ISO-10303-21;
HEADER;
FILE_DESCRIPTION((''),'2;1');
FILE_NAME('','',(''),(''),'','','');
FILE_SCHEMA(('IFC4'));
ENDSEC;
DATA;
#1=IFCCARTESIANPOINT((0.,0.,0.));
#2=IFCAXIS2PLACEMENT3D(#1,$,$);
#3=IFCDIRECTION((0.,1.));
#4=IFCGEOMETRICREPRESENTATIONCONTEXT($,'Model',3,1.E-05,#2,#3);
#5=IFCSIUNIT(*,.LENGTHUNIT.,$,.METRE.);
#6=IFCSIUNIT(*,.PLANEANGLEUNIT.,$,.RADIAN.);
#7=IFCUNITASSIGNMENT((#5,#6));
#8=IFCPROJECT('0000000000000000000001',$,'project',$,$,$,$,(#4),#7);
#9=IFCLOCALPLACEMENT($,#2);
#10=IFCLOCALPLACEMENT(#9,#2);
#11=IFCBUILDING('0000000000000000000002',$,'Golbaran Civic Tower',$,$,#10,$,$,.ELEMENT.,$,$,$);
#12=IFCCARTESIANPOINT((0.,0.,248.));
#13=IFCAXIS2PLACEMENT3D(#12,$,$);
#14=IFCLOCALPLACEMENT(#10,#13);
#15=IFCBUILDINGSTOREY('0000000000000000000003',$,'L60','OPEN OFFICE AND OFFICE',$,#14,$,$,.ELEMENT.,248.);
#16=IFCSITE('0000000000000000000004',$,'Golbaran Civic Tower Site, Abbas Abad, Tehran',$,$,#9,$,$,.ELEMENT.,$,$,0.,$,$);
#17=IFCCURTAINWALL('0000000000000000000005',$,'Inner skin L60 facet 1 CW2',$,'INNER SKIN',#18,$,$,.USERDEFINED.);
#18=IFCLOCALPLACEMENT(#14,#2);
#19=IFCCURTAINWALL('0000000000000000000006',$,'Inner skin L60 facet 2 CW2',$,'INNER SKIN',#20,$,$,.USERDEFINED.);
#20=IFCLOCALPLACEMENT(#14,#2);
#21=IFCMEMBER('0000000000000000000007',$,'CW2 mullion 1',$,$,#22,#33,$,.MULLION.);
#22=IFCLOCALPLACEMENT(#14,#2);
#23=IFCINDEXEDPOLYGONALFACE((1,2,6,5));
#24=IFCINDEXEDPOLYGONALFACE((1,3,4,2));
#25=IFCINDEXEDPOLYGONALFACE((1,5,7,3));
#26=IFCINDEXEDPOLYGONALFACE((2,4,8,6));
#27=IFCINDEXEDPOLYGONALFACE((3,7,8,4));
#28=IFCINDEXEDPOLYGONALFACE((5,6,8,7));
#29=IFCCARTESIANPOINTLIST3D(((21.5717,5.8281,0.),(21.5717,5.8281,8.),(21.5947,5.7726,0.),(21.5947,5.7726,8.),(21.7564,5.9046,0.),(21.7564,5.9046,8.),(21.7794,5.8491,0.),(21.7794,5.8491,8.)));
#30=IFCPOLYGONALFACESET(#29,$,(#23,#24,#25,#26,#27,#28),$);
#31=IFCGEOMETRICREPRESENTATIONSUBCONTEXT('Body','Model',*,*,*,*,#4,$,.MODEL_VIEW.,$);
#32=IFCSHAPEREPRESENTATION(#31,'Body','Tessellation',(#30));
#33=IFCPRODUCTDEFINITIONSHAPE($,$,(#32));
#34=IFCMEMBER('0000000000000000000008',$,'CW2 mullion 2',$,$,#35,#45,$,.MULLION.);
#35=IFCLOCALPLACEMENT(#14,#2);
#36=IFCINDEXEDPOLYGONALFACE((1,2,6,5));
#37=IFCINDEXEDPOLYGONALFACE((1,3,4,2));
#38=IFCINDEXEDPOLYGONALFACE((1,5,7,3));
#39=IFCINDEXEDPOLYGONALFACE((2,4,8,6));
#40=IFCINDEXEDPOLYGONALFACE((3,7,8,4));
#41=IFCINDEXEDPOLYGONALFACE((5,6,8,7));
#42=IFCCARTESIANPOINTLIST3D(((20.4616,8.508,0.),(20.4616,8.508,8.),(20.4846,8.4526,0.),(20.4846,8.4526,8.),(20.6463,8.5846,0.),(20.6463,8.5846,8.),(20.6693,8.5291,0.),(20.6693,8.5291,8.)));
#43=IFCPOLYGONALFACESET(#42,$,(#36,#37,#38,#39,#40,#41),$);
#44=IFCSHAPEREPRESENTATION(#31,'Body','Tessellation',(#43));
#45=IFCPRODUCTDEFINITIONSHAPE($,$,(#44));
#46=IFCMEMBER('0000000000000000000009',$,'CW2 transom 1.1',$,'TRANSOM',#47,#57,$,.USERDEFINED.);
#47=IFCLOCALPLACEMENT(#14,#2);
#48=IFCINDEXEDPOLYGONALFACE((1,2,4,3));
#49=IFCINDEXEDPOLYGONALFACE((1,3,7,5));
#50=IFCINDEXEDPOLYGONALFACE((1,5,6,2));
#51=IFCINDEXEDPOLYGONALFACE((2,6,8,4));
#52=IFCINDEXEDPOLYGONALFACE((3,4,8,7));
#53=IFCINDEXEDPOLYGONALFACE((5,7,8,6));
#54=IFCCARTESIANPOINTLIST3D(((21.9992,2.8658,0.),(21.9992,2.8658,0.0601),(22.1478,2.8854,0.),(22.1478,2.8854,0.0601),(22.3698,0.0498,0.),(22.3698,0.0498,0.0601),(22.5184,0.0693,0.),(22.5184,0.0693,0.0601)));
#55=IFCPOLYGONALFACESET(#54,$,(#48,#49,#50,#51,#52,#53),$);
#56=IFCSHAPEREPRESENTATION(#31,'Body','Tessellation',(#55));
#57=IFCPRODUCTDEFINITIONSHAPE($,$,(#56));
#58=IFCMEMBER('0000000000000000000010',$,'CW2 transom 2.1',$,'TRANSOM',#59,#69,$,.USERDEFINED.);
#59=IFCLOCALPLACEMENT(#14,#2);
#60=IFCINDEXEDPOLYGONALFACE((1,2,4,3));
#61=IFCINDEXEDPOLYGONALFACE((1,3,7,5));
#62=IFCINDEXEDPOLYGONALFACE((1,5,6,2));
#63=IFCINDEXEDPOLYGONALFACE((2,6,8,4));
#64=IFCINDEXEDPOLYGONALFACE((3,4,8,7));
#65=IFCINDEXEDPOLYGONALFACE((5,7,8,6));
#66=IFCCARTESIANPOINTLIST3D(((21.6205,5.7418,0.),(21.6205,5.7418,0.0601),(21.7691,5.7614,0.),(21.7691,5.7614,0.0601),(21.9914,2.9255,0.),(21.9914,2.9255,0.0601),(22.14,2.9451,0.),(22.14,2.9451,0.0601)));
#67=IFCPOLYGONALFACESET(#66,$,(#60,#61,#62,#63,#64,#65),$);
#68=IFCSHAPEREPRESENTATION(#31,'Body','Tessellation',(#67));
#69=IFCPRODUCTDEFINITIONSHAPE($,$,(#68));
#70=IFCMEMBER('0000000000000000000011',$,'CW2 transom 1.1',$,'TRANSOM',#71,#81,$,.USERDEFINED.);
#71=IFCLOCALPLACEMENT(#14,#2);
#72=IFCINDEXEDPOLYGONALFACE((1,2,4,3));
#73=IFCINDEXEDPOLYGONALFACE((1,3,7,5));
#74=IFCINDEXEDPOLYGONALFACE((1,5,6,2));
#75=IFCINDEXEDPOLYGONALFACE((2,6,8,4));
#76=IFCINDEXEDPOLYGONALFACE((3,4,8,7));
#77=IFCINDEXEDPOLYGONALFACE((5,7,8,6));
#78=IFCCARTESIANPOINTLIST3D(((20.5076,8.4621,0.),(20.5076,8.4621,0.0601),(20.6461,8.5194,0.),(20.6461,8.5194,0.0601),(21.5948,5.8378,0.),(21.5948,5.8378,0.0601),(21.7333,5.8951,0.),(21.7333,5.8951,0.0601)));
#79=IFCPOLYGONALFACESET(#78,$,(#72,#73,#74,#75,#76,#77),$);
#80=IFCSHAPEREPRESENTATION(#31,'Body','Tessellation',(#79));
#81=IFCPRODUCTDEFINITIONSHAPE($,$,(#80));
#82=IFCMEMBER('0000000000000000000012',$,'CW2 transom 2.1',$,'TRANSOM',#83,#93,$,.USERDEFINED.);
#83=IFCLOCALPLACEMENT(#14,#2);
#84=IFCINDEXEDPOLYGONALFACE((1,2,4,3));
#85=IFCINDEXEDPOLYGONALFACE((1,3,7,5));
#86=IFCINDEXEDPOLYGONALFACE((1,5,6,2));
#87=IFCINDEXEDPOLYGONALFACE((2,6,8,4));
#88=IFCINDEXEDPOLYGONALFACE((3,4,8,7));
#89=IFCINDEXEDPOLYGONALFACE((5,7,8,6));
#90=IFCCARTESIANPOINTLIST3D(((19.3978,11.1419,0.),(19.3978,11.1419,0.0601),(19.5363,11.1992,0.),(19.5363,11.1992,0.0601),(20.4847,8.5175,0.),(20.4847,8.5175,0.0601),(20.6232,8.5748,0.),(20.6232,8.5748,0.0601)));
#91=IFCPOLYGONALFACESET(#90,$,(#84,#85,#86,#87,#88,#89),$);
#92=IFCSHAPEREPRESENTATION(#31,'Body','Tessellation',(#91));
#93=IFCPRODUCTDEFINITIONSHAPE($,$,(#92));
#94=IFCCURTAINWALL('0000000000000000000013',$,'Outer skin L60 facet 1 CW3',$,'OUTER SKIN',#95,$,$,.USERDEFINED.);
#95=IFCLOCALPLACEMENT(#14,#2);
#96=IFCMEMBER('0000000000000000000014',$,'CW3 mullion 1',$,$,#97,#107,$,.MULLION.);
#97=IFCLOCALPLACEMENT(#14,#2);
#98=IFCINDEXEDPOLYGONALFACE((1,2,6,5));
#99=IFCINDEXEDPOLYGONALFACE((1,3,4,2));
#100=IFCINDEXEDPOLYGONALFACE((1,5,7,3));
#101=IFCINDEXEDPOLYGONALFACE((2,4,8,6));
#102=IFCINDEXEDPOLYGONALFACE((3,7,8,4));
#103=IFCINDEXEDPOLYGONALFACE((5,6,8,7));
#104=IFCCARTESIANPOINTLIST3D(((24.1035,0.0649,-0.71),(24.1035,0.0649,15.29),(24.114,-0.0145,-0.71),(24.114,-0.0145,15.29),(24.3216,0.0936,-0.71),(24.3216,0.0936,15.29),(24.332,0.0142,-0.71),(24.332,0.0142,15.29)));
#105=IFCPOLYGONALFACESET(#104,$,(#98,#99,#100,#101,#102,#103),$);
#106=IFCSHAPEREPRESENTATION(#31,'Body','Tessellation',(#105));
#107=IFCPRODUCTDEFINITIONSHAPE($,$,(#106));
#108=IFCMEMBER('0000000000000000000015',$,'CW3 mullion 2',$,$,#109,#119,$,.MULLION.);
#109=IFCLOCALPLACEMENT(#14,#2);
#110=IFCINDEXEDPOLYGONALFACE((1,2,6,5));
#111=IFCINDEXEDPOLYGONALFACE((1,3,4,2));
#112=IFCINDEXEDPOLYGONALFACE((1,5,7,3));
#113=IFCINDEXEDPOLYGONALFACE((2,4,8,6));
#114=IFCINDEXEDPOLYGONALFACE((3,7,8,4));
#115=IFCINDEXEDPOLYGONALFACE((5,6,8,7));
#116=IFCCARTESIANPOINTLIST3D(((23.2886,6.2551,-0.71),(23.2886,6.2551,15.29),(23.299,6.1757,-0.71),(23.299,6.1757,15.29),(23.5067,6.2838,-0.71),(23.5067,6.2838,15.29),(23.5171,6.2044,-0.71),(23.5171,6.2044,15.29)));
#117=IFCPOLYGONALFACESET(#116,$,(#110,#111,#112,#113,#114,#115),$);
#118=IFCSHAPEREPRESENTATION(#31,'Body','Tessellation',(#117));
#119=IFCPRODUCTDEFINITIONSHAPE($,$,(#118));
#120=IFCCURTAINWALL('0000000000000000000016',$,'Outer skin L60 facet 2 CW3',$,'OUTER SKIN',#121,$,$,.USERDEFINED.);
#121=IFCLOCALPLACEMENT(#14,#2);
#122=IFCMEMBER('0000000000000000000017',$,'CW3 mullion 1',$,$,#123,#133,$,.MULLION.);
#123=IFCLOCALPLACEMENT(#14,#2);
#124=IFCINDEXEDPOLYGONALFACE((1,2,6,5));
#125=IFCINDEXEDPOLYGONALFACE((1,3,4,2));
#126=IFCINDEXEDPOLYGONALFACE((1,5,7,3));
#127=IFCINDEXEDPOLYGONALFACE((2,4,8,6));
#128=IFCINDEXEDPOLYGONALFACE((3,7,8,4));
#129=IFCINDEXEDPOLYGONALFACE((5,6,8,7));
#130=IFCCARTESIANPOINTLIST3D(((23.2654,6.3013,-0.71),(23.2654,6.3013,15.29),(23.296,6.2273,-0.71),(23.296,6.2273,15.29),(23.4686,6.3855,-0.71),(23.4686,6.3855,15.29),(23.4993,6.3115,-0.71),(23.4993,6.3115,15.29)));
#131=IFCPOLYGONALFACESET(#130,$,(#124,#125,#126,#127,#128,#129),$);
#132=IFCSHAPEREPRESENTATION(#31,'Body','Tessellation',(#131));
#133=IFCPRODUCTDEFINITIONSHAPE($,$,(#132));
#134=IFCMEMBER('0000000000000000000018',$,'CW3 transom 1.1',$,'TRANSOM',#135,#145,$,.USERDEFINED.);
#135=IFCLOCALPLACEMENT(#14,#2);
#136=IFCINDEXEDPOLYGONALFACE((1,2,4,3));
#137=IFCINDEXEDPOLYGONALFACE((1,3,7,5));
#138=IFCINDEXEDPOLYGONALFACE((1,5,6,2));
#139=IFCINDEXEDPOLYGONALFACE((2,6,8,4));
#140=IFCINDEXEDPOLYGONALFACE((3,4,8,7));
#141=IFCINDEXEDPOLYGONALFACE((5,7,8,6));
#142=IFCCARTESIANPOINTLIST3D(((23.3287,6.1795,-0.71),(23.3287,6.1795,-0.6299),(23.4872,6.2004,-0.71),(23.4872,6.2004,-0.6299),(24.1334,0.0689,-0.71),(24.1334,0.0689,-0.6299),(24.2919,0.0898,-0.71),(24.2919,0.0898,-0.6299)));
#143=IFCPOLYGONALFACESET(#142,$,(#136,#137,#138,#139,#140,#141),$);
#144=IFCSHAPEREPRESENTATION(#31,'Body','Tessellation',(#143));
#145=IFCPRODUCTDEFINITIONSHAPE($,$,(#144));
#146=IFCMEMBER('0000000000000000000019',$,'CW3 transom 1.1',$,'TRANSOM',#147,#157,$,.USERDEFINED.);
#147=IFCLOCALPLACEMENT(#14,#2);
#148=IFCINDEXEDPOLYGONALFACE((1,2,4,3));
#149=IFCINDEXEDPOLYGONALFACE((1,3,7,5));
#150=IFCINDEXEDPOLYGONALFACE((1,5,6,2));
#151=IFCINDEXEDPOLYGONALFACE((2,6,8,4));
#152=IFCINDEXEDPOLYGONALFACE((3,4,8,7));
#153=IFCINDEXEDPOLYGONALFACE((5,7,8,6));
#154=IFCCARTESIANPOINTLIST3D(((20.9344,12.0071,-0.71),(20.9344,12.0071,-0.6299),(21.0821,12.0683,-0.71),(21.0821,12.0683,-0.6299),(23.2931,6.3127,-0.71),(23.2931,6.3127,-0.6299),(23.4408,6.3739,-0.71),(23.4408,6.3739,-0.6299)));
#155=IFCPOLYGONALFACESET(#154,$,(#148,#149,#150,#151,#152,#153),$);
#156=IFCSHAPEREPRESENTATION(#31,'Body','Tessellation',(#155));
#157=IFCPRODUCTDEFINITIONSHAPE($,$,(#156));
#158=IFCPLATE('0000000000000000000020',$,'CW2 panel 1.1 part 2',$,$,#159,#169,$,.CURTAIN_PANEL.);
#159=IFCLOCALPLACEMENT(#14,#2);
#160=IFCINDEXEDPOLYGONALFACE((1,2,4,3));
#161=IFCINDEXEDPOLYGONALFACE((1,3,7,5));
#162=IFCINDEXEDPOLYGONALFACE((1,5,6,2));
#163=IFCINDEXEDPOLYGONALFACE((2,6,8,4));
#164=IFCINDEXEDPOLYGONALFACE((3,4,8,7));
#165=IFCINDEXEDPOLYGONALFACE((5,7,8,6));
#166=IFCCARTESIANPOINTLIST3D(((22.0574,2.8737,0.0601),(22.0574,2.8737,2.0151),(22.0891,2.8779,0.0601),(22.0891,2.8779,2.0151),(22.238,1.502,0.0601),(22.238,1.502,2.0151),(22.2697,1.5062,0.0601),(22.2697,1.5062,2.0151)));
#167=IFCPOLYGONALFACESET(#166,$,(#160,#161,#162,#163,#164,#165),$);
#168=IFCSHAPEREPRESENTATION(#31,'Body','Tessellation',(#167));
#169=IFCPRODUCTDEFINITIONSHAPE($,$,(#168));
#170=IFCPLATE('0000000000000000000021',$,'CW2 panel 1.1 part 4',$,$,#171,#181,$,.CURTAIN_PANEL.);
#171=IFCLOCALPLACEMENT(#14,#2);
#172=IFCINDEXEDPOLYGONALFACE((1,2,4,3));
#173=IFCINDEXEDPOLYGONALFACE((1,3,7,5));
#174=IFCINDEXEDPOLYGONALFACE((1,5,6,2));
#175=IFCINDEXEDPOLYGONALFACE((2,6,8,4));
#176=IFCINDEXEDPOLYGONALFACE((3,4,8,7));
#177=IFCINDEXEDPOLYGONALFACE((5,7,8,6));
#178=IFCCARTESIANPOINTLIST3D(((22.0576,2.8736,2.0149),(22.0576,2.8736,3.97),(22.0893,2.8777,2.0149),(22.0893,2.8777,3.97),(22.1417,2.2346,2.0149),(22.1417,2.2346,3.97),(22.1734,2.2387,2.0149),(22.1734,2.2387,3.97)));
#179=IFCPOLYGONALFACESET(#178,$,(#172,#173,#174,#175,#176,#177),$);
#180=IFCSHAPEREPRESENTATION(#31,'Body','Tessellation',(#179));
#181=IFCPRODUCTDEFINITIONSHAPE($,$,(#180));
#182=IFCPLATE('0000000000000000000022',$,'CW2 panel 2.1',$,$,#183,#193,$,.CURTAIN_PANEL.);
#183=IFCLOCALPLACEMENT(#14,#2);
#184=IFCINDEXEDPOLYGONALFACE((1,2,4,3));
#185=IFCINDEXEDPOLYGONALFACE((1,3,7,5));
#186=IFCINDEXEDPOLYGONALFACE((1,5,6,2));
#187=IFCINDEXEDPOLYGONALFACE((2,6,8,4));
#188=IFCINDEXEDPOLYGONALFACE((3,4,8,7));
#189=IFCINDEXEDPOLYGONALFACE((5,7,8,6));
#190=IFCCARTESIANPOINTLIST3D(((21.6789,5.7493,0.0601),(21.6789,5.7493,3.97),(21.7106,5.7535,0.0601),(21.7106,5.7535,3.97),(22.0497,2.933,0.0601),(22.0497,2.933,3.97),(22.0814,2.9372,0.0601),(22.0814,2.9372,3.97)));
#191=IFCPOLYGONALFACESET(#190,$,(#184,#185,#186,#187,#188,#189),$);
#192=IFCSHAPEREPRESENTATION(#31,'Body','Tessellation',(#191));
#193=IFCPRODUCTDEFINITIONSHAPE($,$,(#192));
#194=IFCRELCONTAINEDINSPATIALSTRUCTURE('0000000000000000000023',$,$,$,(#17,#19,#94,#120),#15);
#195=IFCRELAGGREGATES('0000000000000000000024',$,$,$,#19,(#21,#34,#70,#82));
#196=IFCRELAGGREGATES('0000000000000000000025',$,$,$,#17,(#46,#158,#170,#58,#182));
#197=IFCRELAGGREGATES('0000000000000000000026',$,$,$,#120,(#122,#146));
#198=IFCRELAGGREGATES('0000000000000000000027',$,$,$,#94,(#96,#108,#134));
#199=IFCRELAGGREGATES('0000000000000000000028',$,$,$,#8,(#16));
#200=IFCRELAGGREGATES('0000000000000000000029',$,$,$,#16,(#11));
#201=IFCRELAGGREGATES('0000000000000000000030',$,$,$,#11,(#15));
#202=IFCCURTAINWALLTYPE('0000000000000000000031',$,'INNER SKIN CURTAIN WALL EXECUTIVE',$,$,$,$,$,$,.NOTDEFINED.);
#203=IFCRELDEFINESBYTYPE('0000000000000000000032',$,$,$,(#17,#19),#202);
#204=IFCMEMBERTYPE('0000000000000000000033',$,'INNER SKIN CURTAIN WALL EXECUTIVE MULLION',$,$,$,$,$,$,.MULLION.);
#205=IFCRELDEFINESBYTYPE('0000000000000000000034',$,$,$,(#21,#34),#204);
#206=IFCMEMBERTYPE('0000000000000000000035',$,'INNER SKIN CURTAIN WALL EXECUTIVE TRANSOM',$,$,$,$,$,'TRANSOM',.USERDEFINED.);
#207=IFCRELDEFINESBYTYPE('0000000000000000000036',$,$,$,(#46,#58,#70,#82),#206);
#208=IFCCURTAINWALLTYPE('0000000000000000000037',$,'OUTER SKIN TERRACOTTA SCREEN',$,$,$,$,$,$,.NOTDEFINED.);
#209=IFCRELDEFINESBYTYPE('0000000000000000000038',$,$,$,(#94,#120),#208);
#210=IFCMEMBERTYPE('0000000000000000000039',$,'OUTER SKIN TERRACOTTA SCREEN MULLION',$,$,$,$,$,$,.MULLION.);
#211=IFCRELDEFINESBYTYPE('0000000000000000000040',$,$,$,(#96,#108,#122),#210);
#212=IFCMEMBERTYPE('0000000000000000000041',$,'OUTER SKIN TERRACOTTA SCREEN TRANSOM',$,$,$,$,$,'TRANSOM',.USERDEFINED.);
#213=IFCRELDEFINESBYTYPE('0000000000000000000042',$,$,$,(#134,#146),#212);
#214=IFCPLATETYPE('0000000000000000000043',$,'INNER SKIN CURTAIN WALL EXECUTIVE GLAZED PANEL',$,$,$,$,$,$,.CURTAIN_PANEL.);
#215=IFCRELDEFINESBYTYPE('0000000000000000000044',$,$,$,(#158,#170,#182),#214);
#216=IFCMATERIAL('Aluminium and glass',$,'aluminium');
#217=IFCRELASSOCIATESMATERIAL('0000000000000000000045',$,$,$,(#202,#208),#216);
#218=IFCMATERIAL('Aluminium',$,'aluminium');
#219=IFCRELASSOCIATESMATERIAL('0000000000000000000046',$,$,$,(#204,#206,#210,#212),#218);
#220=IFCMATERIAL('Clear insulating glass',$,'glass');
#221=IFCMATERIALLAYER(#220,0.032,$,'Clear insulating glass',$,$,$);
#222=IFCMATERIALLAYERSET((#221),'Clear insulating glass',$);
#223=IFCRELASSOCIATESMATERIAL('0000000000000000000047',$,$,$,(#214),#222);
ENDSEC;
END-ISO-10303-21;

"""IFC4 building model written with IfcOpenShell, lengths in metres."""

from ifc_helpers import new_model, si_unit, direction, frame, origin, origin_2d, place, context, subcontext, project, spatial, rectangle, extrude, material, layer, layer_set, material_profile, profile_set, type_object, element, aggregate, save


model = new_model("IFC4")

# Units and contexts
model_context = context("Model", 3, precision=1e-05, world=origin(), true_north=direction((0.0, 1.0)))
body_context = subcontext(model_context, "Body", "Model", "MODEL_VIEW")
ifc_project = project(units=[si_unit("LENGTHUNIT", "METRE"), si_unit("PLANEANGLEUNIT", "RADIAN")], contexts=[model_context])

# Site, building, storey
site_placement = place(None, origin())
site = spatial("IfcSite", under=ifc_project, at=site_placement, Name="Golbaran Civic Tower Site, Abbas Abad, Tehran", CompositionType="ELEMENT", RefElevation=0.0)
building_placement = place(site_placement, origin())
building = spatial("IfcBuilding", under=site, at=building_placement, Name="Golbaran Civic Tower", CompositionType="ELEMENT")
storey_placement = place(building_placement, frame((0.0, 0.0, 248.0)))
storey = spatial("IfcBuildingStorey", under=building, at=storey_placement, Name="L60", Description="OPEN OFFICE AND OFFICE", CompositionType="ELEMENT", Elevation=248.0)

# Curtain walls, members
ifc_material_1 = material(Name="Aluminium and glass", Category="aluminium")
curtain_wall_type_1 = type_object("IfcCurtainWallType", Name="INNER SKIN CURTAIN WALL EXECUTIVE", PredefinedType="NOTDEFINED", material=ifc_material_1)
curtain_wall_1_placement = place(storey_placement, origin())
curtain_wall_1 = element("IfcCurtainWall", 1, at=curtain_wall_1_placement, inside=storey, type_object=curtain_wall_type_1, Name="Inner skin L60 facet 1 CW2", ObjectType="INNER SKIN", PredefinedType="USERDEFINED")
ifc_material_2 = material(Name="Aluminium", Category="aluminium")
ifc_material_profile_1 = material_profile(ifc_material_2, rectangle(XDim=0.2, YDim=0.0601, at=origin_2d()), Name="INNER SKIN CURTAIN WALL EXECUTIVE MULLION")
ifc_profile_set_1 = profile_set([ifc_material_profile_1], Name="Aluminium")
member_type_1 = type_object("IfcMemberType", Name="INNER SKIN CURTAIN WALL EXECUTIVE MULLION", PredefinedType="MULLION", material=ifc_profile_set_1)
curtain_wall_2_placement = place(storey_placement, origin())
curtain_wall_2 = element("IfcCurtainWall", 2, at=curtain_wall_2_placement, inside=storey, type_object=curtain_wall_type_1, Name="Inner skin L60 facet 2 CW2", ObjectType="INNER SKIN", PredefinedType="USERDEFINED")
member_1_placement = place(storey_placement, frame((21.6755, 5.8386, 0.0), z_axis=(0.0, 0.0, 1.0), x_axis=(-0.92388, -0.382683, 0.0)))
member_1 = element("IfcMember", 3, at=member_1_placement, type_object=member_type_1, Name="CW2 mullion 1", PredefinedType="MULLION", context=body_context, shape_type="SweptSolid", body=[
    extrude(rectangle(XDim=0.2, YDim=0.0601, at=origin_2d()), origin(), (0.0, 0.0, 1.0), 8.0),
])
member_2_placement = place(storey_placement, frame((20.5654, 8.5186, 0.0), z_axis=(0.0, 0.0, 1.0), x_axis=(-0.92388, -0.382683, 0.0)))
member_2 = element("IfcMember", 4, at=member_2_placement, type_object=member_type_1, Name="CW2 mullion 2", PredefinedType="MULLION", context=body_context, shape_type="SweptSolid", body=[
    extrude(rectangle(XDim=0.2, YDim=0.0601, at=origin_2d()), origin(), (0.0, 0.0, 1.0), 8.0),
])

# Members
ifc_material_profile_2 = material_profile(ifc_material_2, rectangle(XDim=0.1499, YDim=0.0601, at=origin_2d()), Name="INNER SKIN CURTAIN WALL EXECUTIVE TRANSOM")
ifc_profile_set_2 = profile_set([ifc_material_profile_2], Name="Aluminium")
member_type_2 = type_object("IfcMemberType", Name="INNER SKIN CURTAIN WALL EXECUTIVE TRANSOM", ElementType="TRANSOM", PredefinedType="USERDEFINED", material=ifc_profile_set_2)
member_3_placement = place(storey_placement, frame((22.4441, 0.0596, 0.03), z_axis=(-0.130475, 0.991452, 0.0), x_axis=(-0.991452, -0.130475, 0.0)))
member_3 = element("IfcMember", 5, at=member_3_placement, type_object=member_type_2, Name="CW2 transom 1.1", ObjectType="TRANSOM", PredefinedType="USERDEFINED", context=body_context, shape_type="SweptSolid", body=[
    extrude(rectangle(XDim=0.1499, YDim=0.0601, at=origin_2d()), origin(), (0.0, 0.0, 1.0), 2.8403),
])
member_4_placement = place(storey_placement, frame((22.0657, 2.9353, 0.03), z_axis=(-0.130559, 0.991441, 0.0), x_axis=(-0.991441, -0.130559, 0.0)))
member_4 = element("IfcMember", 6, at=member_4_placement, type_object=member_type_2, Name="CW2 transom 2.1", ObjectType="TRANSOM", PredefinedType="USERDEFINED", context=body_context, shape_type="SweptSolid", body=[
    extrude(rectangle(XDim=0.1499, YDim=0.0601, at=origin_2d()), origin(), (0.0, 0.0, 1.0), 2.8406),
])
member_5_placement = place(storey_placement, frame((21.6641, 5.8665, 0.03), z_axis=(-0.382729, 0.923861, 0.0), x_axis=(-0.923861, -0.382729, 0.0)))
member_5 = element("IfcMember", 7, at=member_5_placement, type_object=member_type_2, Name="CW2 transom 1.1", ObjectType="TRANSOM", PredefinedType="USERDEFINED", context=body_context, shape_type="SweptSolid", body=[
    extrude(rectangle(XDim=0.1499, YDim=0.0601, at=origin_2d()), origin(), (0.0, 0.0, 1.0), 2.8406),
])
member_6_placement = place(storey_placement, frame((20.554, 8.5461, 0.03), z_axis=(-0.382625, 0.923904, 0.0), x_axis=(-0.923904, -0.382625, 0.0)))
member_6 = element("IfcMember", 8, at=member_6_placement, type_object=member_type_2, Name="CW2 transom 2.1", ObjectType="TRANSOM", PredefinedType="USERDEFINED", context=body_context, shape_type="SweptSolid", body=[
    extrude(rectangle(XDim=0.1499, YDim=0.0601, at=origin_2d()), origin(), (0.0, 0.0, 1.0), 2.8406),
])

# Curtain wall, members
curtain_wall_type_2 = type_object("IfcCurtainWallType", Name="OUTER SKIN TERRACOTTA SCREEN", PredefinedType="NOTDEFINED", material=ifc_material_1)
curtain_wall_3_placement = place(storey_placement, origin())
curtain_wall_3 = element("IfcCurtainWall", 9, at=curtain_wall_3_placement, inside=storey, type_object=curtain_wall_type_2, Name="Outer skin L60 facet 1 CW3", ObjectType="OUTER SKIN", PredefinedType="USERDEFINED")
ifc_material_profile_3 = material_profile(ifc_material_2, rectangle(XDim=0.22, YDim=0.0801, at=origin_2d()), Name="OUTER SKIN TERRACOTTA SCREEN MULLION")
ifc_profile_set_3 = profile_set([ifc_material_profile_3], Name="Aluminium")
member_type_3 = type_object("IfcMemberType", Name="OUTER SKIN TERRACOTTA SCREEN MULLION", PredefinedType="MULLION", material=ifc_profile_set_3)
member_7_placement = place(storey_placement, frame((24.2178, 0.0396, -0.71), z_axis=(0.0, 0.0, 1.0), x_axis=(-0.991445, -0.130526, 0.0)))
member_7 = element("IfcMember", 10, at=member_7_placement, type_object=member_type_3, Name="CW3 mullion 1", PredefinedType="MULLION", context=body_context, shape_type="SweptSolid", body=[
    extrude(rectangle(XDim=0.22, YDim=0.0801, at=origin_2d()), origin(), (0.0, 0.0, 1.0), 16.0),
])
member_8_placement = place(storey_placement, frame((23.4028, 6.2297, -0.71), z_axis=(0.0, 0.0, 1.0), x_axis=(-0.991445, -0.130526, 0.0)))
member_8 = element("IfcMember", 11, at=member_8_placement, type_object=member_type_3, Name="CW3 mullion 2", PredefinedType="MULLION", context=body_context, shape_type="SweptSolid", body=[
    extrude(rectangle(XDim=0.22, YDim=0.0801, at=origin_2d()), origin(), (0.0, 0.0, 1.0), 16.0),
])

# Curtain wall, member
curtain_wall_4_placement = place(storey_placement, origin())
curtain_wall_4 = element("IfcCurtainWall", 12, at=curtain_wall_4_placement, inside=storey, type_object=curtain_wall_type_2, Name="Outer skin L60 facet 2 CW3", ObjectType="OUTER SKIN", PredefinedType="USERDEFINED")
member_9_placement = place(storey_placement, frame((23.3823, 6.3064, -0.71), z_axis=(0.0, 0.0, 1.0), x_axis=(-0.92388, -0.382683, 0.0)))
member_9 = element("IfcMember", 13, at=member_9_placement, type_object=member_type_3, Name="CW3 mullion 1", PredefinedType="MULLION", context=body_context, shape_type="SweptSolid", body=[
    extrude(rectangle(XDim=0.22, YDim=0.0801, at=origin_2d()), origin(), (0.0, 0.0, 1.0), 16.0),
])

# Members
ifc_material_profile_4 = material_profile(ifc_material_2, rectangle(XDim=0.1599, YDim=0.0801, at=origin_2d()), Name="OUTER SKIN TERRACOTTA SCREEN TRANSOM")
ifc_profile_set_4 = profile_set([ifc_material_profile_4], Name="Aluminium")
member_type_4 = type_object("IfcMemberType", Name="OUTER SKIN TERRACOTTA SCREEN TRANSOM", ElementType="TRANSOM", PredefinedType="USERDEFINED", material=ifc_profile_set_4)
member_10_placement = place(storey_placement, frame((24.2126, 0.0793, -0.6699), z_axis=(-0.13056, 0.99144, 0.0), x_axis=(-0.99144, -0.13056, 0.0)))
member_10 = element("IfcMember", 14, at=member_10_placement, type_object=member_type_4, Name="CW3 transom 1.1", ObjectType="TRANSOM", PredefinedType="USERDEFINED", context=body_context, shape_type="SweptSolid", body=[
    extrude(rectangle(XDim=0.1599, YDim=0.0801, at=origin_2d()), origin(), (0.0, 0.0, 1.0), 6.1633),
])
member_11_placement = place(storey_placement, frame((23.3669, 6.3433, -0.6699), z_axis=(-0.382679, 0.923881, 0.0), x_axis=(-0.923881, -0.382679, 0.0)))
member_11 = element("IfcMember", 15, at=member_11_placement, type_object=member_type_4, Name="CW3 transom 1.1", ObjectType="TRANSOM", PredefinedType="USERDEFINED", context=body_context, shape_type="SweptSolid", body=[
    extrude(rectangle(XDim=0.1599, YDim=0.0801, at=origin_2d()), origin(), (0.0, 0.0, 1.0), 6.1636),
])

# Plates
ifc_material_3 = material(Name="Clear insulating glass", Category="glass")
ifc_layer_1 = layer(ifc_material_3, 0.032, Name="Clear insulating glass")
ifc_layer_set_1 = layer_set([ifc_layer_1], Name="Clear insulating glass")
plate_type_1 = type_object("IfcPlateType", Name="INNER SKIN CURTAIN WALL EXECUTIVE GLAZED PANEL", PredefinedType="CURTAIN_PANEL", material=ifc_layer_set_1)
plate_1_placement = place(storey_placement, frame((22.1636, 2.1899, 0.0601), z_axis=(0.0, 0.0, 1.0), x_axis=(-0.130526, 0.991445, 0.0)))
plate_1 = element("IfcPlate", 16, at=plate_1_placement, type_object=plate_type_1, Name="CW2 panel 1.1 part 2", PredefinedType="CURTAIN_PANEL", context=body_context, shape_type="SweptSolid", body=[
    extrude(rectangle(XDim=1.3835, YDim=0.032, at=origin_2d()), origin(), (0.0, 0.0, 1.0), 1.9551),
])
plate_2_placement = place(storey_placement, frame((22.1155, 2.5562, 2.0149), z_axis=(0.0, 0.0, 1.0), x_axis=(-0.130526, 0.991445, 0.0)))
plate_2 = element("IfcPlate", 17, at=plate_2_placement, type_object=plate_type_1, Name="CW2 panel 1.1 part 4", PredefinedType="CURTAIN_PANEL", context=body_context, shape_type="SweptSolid", body=[
    extrude(rectangle(XDim=0.6445, YDim=0.032, at=origin_2d()), origin(), (0.0, 0.0, 1.0), 1.9551),
])
plate_3_placement = place(storey_placement, frame((21.8801, 4.3433, 0.0601), z_axis=(0.0, 0.0, 1.0), x_axis=(-0.130526, 0.991445, 0.0)))
plate_3 = element("IfcPlate", 18, at=plate_3_placement, type_object=plate_type_1, Name="CW2 panel 2.1", PredefinedType="CURTAIN_PANEL", context=body_context, shape_type="SweptSolid", body=[
    extrude(rectangle(XDim=2.8406, YDim=0.032, at=origin_2d()), origin(), (0.0, 0.0, 1.0), 3.9099),
])
aggregate(curtain_wall_2, [member_1, member_2, member_5, member_6])
aggregate(curtain_wall_1, [member_3, plate_1, plate_2, member_4, plate_3])
aggregate(curtain_wall_4, [member_9, member_11])
aggregate(curtain_wall_3, [member_7, member_8, member_10])

save(model, "model.ifc")
